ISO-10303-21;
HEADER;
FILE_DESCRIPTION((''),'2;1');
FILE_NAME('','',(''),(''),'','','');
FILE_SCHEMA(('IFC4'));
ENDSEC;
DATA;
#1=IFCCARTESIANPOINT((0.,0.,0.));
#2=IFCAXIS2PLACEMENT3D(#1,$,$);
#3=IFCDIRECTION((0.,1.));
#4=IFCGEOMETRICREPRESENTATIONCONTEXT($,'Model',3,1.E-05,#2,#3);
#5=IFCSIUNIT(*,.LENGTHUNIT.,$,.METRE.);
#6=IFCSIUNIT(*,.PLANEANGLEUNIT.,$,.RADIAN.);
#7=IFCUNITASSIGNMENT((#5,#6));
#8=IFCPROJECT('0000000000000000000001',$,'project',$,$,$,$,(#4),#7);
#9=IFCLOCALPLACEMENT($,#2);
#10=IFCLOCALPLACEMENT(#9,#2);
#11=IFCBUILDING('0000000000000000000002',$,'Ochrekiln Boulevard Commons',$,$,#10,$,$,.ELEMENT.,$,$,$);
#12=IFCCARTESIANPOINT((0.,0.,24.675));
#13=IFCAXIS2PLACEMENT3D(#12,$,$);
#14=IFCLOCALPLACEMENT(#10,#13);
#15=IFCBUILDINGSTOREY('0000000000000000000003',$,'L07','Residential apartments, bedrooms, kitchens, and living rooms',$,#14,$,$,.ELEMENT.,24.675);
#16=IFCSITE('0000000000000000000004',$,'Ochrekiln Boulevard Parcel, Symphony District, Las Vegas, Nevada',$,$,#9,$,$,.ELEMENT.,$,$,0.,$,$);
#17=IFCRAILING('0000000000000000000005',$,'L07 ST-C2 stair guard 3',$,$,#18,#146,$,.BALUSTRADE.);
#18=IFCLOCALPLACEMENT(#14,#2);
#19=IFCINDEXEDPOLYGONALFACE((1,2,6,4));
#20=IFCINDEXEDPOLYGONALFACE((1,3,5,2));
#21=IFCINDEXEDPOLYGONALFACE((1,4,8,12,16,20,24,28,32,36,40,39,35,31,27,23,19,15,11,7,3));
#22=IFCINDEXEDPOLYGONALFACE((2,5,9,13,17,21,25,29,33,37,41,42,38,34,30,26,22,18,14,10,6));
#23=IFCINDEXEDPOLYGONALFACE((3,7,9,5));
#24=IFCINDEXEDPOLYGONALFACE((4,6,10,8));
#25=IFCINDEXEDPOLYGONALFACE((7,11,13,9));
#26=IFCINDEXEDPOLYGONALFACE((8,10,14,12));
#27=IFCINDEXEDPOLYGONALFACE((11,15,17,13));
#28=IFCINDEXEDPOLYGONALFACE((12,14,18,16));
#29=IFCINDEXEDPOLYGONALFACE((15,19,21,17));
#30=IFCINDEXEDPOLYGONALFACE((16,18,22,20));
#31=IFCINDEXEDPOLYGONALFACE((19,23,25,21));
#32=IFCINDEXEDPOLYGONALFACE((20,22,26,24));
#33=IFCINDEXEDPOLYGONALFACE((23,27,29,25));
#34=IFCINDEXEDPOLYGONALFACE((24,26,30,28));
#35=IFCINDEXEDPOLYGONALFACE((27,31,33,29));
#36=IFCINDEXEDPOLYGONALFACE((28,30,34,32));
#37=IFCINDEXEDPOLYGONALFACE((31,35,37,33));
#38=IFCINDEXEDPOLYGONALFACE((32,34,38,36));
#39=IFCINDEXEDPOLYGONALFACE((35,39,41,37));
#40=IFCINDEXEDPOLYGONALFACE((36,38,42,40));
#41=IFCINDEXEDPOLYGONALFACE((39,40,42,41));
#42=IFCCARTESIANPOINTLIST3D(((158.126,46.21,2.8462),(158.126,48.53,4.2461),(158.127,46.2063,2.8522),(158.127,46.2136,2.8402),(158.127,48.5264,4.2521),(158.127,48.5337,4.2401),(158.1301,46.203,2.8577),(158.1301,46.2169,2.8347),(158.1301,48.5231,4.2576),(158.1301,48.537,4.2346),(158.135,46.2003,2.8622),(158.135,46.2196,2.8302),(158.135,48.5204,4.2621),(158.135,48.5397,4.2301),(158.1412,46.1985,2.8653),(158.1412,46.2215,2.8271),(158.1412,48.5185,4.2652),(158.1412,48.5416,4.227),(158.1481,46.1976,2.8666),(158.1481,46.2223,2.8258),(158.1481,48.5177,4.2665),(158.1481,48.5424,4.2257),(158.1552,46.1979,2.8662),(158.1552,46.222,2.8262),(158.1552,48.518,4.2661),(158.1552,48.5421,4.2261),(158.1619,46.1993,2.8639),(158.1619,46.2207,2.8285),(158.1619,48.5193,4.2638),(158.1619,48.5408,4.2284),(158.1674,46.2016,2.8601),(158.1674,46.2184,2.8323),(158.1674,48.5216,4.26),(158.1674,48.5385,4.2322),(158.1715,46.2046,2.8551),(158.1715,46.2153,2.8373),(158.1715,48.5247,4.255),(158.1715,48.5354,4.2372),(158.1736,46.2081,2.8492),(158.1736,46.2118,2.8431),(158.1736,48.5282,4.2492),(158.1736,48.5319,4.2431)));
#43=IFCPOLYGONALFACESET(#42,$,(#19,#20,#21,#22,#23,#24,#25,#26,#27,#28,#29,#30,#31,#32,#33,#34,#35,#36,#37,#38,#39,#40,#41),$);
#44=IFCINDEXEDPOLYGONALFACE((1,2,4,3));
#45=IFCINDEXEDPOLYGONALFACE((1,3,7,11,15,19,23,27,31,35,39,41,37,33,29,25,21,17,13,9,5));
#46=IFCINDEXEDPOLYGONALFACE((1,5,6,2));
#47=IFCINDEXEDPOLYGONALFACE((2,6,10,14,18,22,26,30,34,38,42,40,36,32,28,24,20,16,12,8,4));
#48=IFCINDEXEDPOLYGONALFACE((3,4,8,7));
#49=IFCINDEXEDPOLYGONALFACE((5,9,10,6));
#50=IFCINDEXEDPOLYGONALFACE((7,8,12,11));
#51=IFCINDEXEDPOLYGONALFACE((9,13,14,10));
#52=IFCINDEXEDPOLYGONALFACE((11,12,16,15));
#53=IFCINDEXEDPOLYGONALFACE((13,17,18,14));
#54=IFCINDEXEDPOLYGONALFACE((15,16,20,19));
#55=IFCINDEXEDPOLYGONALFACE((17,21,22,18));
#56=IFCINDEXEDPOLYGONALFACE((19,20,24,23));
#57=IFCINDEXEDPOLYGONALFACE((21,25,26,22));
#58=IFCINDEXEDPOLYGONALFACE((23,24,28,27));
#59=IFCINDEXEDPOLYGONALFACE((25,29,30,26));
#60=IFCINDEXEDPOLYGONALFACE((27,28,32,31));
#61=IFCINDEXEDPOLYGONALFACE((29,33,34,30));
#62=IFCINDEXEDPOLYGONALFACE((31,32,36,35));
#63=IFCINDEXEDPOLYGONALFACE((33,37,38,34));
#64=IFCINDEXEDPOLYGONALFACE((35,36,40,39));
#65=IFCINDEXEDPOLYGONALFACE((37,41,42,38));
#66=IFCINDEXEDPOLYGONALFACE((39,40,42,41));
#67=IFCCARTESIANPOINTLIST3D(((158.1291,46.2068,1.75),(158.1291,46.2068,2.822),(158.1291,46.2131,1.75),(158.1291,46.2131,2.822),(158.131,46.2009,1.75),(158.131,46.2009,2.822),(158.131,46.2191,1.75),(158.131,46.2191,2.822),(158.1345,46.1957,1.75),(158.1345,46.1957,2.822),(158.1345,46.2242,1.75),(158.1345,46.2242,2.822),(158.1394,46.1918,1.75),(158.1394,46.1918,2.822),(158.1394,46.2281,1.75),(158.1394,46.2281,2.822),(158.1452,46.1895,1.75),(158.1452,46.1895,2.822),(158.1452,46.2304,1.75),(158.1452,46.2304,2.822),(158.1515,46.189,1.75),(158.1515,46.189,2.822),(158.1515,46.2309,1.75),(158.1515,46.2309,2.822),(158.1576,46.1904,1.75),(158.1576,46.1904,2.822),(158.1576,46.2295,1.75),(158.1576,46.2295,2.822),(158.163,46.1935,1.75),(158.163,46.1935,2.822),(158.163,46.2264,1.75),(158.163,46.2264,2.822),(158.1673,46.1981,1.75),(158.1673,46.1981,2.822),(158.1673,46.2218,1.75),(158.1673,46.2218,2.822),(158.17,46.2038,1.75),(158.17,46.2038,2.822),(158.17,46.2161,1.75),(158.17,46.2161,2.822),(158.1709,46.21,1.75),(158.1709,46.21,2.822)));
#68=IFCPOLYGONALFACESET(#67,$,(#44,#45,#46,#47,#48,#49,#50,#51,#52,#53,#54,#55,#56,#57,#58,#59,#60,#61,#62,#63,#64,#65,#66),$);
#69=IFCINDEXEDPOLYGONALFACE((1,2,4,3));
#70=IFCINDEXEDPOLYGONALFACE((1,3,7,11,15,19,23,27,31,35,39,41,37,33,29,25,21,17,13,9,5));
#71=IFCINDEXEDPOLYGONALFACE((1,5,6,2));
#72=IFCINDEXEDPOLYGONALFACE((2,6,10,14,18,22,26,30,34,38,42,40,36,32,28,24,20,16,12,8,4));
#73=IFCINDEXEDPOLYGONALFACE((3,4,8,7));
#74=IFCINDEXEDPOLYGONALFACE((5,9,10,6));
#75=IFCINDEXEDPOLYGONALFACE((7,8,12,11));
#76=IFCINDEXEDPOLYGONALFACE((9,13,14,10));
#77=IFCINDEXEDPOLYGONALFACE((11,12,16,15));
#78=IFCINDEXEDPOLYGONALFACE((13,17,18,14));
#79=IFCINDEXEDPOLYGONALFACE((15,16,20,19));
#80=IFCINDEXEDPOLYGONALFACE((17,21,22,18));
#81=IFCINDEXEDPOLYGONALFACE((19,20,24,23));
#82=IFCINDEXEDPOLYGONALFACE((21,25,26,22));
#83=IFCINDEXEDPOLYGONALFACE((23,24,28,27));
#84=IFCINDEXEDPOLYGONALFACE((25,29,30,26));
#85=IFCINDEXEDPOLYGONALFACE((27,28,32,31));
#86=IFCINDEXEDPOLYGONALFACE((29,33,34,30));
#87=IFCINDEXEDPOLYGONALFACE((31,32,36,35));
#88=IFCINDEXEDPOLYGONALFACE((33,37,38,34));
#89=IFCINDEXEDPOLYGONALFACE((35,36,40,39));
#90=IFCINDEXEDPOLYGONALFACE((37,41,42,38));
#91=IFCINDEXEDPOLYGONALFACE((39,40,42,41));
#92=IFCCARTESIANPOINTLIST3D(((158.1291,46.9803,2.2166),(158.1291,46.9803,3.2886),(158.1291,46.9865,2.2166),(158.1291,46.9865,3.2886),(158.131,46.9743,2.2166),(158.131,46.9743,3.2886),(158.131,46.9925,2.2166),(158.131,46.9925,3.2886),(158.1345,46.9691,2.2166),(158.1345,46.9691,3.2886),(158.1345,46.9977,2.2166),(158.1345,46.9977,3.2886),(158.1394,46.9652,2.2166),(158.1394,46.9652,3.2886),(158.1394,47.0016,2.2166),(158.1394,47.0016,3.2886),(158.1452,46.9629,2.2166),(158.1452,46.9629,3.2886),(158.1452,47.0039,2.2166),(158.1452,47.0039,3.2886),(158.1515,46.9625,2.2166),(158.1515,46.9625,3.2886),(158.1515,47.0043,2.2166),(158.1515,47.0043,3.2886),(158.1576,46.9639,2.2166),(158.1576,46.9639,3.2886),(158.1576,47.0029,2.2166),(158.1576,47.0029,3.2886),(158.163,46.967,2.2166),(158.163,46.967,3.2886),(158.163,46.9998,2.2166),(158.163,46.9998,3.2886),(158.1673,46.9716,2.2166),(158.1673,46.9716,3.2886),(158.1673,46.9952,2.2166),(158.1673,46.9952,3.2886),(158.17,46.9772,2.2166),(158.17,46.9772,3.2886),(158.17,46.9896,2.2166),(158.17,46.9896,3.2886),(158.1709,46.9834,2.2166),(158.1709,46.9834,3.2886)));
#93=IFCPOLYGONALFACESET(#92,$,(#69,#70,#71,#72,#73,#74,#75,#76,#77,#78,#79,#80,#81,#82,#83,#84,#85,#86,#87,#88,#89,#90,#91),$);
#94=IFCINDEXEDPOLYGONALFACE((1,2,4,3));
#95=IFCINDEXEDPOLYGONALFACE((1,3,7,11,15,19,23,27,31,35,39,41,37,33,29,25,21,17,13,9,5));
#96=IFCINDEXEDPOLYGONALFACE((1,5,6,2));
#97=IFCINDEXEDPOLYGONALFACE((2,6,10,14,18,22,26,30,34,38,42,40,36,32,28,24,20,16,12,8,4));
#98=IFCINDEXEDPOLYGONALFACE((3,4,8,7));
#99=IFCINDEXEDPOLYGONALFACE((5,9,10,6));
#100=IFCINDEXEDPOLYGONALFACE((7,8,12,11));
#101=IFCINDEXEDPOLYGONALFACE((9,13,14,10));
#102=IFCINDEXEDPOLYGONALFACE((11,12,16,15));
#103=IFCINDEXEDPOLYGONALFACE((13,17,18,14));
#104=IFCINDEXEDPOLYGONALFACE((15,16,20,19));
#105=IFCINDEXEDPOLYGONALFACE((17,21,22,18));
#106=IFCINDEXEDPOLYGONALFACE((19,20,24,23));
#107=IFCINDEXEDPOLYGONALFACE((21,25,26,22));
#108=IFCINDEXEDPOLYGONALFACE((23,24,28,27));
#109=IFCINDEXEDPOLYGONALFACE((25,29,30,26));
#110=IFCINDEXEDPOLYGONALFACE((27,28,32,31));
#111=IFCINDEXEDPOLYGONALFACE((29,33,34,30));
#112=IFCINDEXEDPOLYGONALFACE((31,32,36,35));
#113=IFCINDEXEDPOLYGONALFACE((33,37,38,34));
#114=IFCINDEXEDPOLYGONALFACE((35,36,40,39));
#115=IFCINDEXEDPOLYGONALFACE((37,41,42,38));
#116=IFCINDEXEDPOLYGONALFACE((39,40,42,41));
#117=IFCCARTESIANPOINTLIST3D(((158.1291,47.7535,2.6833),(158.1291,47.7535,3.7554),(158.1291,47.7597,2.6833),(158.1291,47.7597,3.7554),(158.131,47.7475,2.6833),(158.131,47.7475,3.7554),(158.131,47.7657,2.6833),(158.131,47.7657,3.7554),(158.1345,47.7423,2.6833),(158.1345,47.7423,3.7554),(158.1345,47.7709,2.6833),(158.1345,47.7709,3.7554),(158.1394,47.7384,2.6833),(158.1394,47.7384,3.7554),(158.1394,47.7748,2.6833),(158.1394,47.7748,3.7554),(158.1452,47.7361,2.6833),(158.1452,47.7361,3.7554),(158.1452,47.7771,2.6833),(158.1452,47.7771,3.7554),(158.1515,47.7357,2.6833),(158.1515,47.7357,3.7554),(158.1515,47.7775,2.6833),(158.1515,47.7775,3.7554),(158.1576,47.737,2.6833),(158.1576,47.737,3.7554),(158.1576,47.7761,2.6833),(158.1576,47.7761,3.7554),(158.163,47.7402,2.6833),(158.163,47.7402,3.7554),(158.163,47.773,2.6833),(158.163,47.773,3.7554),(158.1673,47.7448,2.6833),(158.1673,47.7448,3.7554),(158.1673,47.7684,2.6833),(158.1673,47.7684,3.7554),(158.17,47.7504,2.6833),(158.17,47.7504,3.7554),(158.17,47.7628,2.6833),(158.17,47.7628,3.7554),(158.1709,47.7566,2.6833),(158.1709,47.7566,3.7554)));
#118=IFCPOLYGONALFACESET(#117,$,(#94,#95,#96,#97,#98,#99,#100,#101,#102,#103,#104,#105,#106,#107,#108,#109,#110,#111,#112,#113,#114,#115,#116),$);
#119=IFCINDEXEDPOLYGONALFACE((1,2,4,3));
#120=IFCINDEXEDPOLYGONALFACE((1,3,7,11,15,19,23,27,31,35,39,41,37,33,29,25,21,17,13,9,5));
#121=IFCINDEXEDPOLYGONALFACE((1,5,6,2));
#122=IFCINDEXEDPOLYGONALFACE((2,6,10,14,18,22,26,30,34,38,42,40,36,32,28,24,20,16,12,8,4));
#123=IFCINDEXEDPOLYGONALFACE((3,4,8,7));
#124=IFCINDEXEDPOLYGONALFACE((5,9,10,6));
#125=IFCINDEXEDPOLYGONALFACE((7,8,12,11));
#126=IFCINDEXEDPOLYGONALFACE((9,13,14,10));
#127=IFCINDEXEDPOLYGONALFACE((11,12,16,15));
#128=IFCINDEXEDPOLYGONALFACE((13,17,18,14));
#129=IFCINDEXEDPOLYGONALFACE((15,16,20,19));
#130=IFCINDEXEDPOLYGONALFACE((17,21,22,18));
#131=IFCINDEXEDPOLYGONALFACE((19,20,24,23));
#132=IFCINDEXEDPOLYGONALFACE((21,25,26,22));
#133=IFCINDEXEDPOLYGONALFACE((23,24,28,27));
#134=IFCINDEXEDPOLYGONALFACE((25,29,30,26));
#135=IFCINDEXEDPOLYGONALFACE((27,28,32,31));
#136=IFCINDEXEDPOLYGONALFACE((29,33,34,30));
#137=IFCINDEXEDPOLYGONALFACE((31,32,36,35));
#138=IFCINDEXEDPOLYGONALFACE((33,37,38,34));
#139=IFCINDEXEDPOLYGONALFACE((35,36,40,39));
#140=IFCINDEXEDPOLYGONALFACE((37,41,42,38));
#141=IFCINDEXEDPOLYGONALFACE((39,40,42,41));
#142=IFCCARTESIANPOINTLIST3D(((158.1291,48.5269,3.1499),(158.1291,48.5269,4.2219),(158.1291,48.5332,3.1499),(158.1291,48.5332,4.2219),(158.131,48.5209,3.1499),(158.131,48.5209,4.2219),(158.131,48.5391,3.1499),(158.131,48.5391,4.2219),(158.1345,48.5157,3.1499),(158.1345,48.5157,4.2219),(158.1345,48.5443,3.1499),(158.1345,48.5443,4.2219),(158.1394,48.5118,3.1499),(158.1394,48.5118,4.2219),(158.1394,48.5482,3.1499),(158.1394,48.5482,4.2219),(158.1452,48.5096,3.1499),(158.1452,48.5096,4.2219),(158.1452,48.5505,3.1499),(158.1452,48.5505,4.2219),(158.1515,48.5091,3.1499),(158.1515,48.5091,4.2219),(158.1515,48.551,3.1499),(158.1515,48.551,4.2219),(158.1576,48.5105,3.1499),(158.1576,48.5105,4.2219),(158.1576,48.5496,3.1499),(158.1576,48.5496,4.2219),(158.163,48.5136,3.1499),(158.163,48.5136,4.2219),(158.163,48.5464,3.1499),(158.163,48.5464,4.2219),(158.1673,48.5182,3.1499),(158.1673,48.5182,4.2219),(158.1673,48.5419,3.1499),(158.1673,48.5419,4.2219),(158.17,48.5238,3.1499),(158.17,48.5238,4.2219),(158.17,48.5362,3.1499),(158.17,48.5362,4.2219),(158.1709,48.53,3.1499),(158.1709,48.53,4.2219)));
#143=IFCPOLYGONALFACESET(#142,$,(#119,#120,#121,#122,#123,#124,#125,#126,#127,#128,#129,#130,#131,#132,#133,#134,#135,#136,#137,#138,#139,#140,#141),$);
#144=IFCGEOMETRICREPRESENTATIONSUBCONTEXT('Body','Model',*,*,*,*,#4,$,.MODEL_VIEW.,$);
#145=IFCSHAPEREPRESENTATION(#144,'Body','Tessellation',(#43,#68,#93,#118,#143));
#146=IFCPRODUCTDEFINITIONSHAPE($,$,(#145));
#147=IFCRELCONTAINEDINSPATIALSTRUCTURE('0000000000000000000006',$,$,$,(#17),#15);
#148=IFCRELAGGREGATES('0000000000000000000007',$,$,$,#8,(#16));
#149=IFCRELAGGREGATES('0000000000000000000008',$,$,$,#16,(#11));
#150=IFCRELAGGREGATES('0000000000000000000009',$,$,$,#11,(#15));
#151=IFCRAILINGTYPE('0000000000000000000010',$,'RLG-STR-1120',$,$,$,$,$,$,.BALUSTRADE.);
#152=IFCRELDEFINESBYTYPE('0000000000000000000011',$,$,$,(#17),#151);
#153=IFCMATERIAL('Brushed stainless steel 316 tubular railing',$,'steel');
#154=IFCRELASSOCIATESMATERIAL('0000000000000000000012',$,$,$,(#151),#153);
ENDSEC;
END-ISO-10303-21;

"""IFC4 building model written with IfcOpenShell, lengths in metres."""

from ifc_helpers import new_model, si_unit, direction, frame, origin, origin_2d, place, context, subcontext, project, spatial, circle, extrude, material, type_object, element, save


model = new_model("IFC4")

# Units and contexts
model_context = context("Model", 3, precision=1e-05, world=origin(), true_north=direction((0.0, 1.0)))
body_context = subcontext(model_context, "Body", "Model", "MODEL_VIEW")
ifc_project = project(units=[si_unit("LENGTHUNIT", "METRE"), si_unit("PLANEANGLEUNIT", "RADIAN")], contexts=[model_context])

# Site, building, storey
site_placement = place(None, origin())
site = spatial("IfcSite", under=ifc_project, at=site_placement, Name="Ochrekiln Boulevard Parcel, Symphony District, Las Vegas, Nevada", CompositionType="ELEMENT", RefElevation=0.0)
building_placement = place(site_placement, origin())
building = spatial("IfcBuilding", under=site, at=building_placement, Name="Ochrekiln Boulevard Commons", CompositionType="ELEMENT")
storey_placement = place(building_placement, frame((0.0, 0.0, 24.675)))
storey = spatial("IfcBuildingStorey", under=building, at=storey_placement, Name="L07", Description="Residential apartments, bedrooms, kitchens, and living rooms", CompositionType="ELEMENT", Elevation=24.675)

# Railing
ifc_material_1 = material(Name="Brushed stainless steel 316 tubular railing", Category="steel")
railing_type_1 = type_object("IfcRailingType", Name="RLG-STR-1120", PredefinedType="BALUSTRADE", material=ifc_material_1)
railing_1_placement = place(storey_placement, frame((158.1499, 46.21, 1.75)))
element("IfcRailing", 1, at=railing_1_placement, inside=storey, type_object=railing_type_1, Name="L07 ST-C2 stair guard 3", PredefinedType="BALUSTRADE", context=body_context, shape_type="SweptSolid", body=[
    extrude(circle(Radius=0.0239, at=origin_2d()), frame((0.0, 0.0, 1.0962), z_axis=(0.0, 0.85621, 0.516627), x_axis=(-1.0, 0.0, 0.0)), (0.0, 0.0, 1.0), 2.7097),
    extrude(circle(Radius=0.021, at=origin_2d()), origin(), (0.0, 0.0, 1.0), 1.072),
    extrude(circle(Radius=0.021, at=origin_2d()), frame((0.0, 0.7734, 0.4666)), (0.0, 0.0, 1.0), 1.072),
    extrude(circle(Radius=0.021, at=origin_2d()), frame((0.0, 1.5466, 0.9333)), (0.0, 0.0, 1.0), 1.072),
    extrude(circle(Radius=0.021, at=origin_2d()), frame((0.0, 2.3201, 1.3999)), (0.0, 0.0, 1.0), 1.072),
])

save(model, "model.ifc")
